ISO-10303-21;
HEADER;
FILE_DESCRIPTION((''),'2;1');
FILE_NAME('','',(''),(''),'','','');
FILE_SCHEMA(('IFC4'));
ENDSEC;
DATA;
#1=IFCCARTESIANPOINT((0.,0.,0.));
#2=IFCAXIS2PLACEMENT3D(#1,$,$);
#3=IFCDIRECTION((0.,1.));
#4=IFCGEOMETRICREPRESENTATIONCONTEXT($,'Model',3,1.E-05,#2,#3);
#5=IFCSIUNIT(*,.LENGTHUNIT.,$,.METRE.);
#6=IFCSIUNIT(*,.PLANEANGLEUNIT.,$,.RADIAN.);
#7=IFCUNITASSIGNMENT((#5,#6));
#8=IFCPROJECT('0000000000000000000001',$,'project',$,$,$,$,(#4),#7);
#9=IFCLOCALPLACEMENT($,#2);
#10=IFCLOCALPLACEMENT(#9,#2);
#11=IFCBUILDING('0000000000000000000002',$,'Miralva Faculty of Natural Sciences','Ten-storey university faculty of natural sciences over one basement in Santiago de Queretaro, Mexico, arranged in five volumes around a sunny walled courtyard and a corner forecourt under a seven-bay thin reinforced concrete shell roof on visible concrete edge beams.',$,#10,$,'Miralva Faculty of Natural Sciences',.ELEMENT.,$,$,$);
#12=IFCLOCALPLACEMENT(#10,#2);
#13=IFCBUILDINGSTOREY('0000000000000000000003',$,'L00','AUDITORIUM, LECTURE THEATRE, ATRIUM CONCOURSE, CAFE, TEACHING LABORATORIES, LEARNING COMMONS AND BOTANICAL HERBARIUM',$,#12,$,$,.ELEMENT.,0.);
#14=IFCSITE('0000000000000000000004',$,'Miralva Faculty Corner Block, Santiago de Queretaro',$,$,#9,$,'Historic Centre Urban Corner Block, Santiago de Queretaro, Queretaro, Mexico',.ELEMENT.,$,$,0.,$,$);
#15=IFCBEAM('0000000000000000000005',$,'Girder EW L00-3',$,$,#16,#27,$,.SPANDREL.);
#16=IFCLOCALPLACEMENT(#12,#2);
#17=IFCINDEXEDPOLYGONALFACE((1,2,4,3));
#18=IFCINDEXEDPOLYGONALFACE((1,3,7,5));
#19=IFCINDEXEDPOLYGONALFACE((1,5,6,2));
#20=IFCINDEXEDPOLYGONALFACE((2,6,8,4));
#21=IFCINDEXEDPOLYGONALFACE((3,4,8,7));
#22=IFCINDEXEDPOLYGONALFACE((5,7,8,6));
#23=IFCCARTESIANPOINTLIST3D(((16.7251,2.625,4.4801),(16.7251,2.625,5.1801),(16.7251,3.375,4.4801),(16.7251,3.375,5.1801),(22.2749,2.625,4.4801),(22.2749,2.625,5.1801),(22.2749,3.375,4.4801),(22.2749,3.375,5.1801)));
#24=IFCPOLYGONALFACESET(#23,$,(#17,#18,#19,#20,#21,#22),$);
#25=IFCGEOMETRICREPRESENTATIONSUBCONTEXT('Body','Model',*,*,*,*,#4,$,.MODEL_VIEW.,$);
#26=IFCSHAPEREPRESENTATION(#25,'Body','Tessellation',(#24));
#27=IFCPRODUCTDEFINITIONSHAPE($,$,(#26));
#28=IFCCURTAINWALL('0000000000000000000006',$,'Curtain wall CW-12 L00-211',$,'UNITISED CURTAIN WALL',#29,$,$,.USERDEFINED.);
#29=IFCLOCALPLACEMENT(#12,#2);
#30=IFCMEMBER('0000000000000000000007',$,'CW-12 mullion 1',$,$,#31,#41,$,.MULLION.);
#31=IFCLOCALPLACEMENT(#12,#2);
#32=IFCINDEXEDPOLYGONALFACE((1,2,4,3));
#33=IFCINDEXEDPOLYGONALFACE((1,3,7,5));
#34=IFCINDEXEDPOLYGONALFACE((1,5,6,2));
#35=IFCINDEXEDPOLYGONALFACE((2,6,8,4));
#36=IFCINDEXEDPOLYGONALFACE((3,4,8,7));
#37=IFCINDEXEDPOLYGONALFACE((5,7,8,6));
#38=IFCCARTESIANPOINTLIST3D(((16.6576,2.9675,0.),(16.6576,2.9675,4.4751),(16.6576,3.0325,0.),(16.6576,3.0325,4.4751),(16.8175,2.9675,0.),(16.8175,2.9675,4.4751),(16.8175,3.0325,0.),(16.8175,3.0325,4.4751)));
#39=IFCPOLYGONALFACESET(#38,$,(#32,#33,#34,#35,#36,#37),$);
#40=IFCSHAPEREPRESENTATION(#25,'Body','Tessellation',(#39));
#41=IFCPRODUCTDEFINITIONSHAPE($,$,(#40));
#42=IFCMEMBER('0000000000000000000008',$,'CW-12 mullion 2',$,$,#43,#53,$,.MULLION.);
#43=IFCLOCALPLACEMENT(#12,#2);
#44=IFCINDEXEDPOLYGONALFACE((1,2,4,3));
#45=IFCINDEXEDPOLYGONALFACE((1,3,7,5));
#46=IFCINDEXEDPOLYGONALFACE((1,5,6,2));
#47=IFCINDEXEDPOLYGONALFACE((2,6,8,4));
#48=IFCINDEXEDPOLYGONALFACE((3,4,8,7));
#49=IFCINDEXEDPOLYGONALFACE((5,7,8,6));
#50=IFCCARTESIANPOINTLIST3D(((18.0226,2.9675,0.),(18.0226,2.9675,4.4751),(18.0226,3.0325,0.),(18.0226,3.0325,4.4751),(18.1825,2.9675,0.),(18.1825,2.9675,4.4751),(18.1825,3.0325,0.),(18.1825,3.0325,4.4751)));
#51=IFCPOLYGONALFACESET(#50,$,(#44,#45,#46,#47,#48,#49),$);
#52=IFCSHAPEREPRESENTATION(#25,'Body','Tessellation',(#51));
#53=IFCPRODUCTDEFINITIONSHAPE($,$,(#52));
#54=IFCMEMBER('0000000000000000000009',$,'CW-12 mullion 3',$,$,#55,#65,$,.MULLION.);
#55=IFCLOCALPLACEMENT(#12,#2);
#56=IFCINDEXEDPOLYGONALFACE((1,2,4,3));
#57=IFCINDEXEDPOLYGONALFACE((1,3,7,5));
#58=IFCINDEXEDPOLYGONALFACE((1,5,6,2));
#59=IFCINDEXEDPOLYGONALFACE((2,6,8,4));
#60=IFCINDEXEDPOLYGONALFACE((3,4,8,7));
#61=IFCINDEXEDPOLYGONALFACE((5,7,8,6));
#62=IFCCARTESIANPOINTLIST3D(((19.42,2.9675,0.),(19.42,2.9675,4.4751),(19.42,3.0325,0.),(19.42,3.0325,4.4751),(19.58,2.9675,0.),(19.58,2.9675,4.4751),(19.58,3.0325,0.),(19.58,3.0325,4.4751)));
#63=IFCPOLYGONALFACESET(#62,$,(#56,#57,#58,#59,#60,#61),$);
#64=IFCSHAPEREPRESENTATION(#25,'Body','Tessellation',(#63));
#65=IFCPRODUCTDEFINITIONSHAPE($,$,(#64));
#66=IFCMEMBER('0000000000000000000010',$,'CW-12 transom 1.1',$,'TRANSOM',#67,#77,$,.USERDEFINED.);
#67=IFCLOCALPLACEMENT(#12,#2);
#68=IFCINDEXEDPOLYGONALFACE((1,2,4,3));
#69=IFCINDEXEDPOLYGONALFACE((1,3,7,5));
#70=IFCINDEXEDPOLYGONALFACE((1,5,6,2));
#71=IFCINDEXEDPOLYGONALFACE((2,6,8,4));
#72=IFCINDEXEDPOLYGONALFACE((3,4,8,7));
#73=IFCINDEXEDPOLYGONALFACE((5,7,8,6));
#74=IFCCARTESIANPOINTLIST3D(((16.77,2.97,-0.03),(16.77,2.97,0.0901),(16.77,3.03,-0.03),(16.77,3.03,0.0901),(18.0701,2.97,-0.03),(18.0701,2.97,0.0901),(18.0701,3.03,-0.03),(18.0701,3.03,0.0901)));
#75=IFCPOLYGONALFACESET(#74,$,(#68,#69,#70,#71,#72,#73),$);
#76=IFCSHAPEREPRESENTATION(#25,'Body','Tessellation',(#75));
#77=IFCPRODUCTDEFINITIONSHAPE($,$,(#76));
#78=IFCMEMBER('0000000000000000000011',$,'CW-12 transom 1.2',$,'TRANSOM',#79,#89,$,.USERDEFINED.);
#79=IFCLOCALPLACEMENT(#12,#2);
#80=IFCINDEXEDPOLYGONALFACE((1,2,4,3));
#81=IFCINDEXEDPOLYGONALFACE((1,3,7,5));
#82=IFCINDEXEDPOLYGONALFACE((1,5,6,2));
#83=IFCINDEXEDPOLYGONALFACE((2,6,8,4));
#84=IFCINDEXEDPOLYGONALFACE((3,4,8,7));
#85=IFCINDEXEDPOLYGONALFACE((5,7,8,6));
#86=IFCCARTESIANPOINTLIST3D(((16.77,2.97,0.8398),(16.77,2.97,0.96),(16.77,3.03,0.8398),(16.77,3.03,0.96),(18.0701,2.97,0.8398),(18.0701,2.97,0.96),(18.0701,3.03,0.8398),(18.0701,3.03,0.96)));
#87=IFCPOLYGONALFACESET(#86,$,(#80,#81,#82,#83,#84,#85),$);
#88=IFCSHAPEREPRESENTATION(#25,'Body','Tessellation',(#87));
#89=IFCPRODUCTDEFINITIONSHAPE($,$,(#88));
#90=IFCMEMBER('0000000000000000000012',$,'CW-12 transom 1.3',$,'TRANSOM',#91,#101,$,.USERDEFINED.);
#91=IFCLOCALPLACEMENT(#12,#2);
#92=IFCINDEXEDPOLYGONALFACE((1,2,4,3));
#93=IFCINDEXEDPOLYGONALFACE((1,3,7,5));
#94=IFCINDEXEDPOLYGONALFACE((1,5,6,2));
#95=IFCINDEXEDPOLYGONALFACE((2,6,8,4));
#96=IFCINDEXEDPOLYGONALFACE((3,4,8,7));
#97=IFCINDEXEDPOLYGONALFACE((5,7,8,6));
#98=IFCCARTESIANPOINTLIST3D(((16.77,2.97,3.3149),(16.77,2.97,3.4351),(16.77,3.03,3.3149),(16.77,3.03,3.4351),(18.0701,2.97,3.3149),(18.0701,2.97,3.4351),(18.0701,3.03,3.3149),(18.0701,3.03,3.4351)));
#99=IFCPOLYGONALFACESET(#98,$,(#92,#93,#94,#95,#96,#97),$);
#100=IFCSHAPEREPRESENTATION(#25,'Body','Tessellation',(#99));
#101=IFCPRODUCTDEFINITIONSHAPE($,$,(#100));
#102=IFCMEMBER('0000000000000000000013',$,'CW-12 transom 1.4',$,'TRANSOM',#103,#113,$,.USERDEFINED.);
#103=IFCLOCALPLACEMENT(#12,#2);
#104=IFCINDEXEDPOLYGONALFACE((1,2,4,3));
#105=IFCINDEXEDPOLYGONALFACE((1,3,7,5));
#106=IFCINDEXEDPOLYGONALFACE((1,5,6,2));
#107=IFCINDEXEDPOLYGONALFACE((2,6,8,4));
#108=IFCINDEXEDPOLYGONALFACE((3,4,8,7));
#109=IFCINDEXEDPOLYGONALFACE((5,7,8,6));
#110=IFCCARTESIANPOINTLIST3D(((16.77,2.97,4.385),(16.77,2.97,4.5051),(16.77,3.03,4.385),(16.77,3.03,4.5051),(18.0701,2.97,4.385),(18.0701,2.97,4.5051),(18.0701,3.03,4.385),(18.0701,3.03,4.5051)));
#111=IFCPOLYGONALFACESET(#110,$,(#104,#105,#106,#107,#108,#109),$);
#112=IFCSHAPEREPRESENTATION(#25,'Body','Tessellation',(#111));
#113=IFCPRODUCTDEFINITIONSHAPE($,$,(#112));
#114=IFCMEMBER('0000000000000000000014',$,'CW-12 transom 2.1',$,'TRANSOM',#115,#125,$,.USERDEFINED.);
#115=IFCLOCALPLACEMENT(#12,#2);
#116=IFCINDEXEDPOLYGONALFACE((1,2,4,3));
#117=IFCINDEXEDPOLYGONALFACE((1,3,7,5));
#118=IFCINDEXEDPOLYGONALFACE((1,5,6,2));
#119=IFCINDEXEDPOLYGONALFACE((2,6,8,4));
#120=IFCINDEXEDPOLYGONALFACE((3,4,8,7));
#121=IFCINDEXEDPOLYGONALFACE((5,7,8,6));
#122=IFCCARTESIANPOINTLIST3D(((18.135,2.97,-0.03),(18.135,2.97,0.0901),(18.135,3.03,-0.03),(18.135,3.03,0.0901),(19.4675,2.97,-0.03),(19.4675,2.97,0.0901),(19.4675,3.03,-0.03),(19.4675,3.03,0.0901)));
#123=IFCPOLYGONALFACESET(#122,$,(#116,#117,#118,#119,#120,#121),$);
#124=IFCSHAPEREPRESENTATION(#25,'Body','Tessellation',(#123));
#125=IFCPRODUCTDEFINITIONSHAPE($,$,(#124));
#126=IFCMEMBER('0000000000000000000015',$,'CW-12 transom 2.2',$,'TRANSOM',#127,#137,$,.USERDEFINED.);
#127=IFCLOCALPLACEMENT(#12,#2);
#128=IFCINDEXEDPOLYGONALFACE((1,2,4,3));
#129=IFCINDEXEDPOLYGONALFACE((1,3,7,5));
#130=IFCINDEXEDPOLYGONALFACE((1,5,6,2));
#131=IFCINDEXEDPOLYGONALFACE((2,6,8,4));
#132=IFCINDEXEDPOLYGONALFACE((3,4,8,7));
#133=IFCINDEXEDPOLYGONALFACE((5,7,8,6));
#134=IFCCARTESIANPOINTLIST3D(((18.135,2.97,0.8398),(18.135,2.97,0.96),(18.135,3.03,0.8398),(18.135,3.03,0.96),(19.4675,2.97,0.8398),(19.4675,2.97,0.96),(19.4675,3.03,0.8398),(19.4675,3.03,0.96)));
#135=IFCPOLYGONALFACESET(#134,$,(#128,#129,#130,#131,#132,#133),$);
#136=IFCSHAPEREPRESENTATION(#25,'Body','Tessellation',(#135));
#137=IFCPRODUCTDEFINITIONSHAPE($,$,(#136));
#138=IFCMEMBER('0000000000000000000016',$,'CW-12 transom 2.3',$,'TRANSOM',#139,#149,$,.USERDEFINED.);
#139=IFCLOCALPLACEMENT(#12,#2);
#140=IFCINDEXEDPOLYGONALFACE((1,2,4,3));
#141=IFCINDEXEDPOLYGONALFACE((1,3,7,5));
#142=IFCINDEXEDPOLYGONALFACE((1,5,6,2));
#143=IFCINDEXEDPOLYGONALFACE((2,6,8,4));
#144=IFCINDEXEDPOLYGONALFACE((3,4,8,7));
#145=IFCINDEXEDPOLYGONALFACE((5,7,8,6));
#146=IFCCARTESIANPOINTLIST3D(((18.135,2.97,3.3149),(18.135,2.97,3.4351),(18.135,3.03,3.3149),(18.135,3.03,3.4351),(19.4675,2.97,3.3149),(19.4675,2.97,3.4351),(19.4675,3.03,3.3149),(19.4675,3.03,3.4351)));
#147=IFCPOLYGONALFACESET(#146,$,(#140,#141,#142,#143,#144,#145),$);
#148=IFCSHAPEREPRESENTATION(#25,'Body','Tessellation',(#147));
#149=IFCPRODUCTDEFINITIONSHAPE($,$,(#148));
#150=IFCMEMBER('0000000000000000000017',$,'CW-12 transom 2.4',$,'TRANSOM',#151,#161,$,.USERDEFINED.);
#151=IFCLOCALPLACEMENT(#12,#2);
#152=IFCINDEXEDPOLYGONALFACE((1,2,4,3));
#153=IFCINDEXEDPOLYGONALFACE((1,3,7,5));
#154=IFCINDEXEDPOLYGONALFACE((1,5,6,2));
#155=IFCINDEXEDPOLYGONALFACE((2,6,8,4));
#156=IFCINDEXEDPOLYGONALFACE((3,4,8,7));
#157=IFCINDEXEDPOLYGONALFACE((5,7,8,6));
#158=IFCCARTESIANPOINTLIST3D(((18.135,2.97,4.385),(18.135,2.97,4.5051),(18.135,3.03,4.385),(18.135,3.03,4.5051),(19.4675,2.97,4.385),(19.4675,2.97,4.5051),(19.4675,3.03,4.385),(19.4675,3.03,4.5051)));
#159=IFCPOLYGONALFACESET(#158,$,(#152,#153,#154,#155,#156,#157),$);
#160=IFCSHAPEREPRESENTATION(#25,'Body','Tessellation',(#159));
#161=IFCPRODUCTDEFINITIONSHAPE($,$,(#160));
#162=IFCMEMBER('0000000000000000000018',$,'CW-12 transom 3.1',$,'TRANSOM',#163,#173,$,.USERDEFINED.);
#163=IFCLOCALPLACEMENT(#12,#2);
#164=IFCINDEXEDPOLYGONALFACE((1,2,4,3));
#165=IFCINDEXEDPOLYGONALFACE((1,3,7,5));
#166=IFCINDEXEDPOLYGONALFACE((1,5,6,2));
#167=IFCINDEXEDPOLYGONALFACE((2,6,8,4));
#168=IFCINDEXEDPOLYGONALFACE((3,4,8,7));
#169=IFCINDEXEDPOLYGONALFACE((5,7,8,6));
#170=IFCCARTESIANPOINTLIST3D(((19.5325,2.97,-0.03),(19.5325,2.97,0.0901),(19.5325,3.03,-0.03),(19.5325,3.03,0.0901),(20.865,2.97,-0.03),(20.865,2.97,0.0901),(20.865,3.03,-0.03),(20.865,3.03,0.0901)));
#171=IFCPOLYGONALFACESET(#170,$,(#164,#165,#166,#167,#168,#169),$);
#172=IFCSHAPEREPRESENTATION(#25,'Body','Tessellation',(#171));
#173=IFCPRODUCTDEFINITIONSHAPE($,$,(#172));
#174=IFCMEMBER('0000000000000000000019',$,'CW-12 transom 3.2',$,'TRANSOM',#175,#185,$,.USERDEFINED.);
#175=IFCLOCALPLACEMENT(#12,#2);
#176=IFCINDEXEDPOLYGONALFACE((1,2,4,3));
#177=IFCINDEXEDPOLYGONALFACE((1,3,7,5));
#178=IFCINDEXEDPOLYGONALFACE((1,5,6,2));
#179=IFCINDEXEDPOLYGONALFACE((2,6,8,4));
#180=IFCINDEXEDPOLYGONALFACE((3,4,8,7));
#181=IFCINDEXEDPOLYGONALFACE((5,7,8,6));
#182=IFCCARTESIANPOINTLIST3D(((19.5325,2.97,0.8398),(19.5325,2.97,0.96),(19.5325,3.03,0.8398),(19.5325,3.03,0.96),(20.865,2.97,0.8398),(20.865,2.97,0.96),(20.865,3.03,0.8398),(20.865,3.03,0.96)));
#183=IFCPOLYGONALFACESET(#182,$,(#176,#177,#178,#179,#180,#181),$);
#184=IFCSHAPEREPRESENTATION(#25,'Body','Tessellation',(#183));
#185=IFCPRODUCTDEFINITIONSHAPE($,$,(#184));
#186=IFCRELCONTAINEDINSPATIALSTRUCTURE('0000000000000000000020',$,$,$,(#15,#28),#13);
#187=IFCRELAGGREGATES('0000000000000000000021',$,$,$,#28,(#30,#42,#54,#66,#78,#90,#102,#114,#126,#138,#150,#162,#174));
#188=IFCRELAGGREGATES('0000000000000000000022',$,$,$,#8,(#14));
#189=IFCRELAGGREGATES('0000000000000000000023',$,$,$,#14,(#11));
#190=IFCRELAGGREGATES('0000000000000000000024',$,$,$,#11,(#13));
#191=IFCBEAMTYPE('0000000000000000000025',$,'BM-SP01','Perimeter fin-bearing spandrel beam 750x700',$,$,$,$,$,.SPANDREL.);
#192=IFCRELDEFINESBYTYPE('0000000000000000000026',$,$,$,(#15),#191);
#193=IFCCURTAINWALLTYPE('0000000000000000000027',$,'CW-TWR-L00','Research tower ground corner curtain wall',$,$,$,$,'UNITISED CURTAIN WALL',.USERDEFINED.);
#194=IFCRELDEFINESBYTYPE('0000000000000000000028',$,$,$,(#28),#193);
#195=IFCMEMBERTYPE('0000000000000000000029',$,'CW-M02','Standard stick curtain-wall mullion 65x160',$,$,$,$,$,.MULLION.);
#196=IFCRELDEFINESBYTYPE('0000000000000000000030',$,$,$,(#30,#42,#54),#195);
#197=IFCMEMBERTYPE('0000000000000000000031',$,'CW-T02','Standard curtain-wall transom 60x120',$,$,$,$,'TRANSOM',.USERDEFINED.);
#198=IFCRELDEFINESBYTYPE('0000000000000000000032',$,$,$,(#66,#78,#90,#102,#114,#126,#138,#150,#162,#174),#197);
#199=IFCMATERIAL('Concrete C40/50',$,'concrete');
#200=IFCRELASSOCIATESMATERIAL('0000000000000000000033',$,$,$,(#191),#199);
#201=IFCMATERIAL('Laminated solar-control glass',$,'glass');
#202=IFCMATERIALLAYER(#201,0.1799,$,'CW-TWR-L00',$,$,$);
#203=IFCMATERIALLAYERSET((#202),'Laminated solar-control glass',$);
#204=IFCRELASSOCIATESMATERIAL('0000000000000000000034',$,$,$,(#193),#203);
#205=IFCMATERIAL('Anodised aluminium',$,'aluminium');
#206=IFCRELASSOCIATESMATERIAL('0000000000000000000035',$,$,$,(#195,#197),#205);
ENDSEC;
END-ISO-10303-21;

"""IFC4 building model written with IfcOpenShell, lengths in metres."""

from ifc_helpers import new_model, si_unit, direction, frame, origin, origin_2d, place, context, subcontext, project, spatial, rectangle, extrude, material, layer, layer_set, material_profile, profile_set, type_object, element, aggregate, save


model = new_model("IFC4")

# Units and contexts
model_context = context("Model", 3, precision=1e-05, world=origin(), true_north=direction((0.0, 1.0)))
body_context = subcontext(model_context, "Body", "Model", "MODEL_VIEW")
ifc_project = project(units=[si_unit("LENGTHUNIT", "METRE"), si_unit("PLANEANGLEUNIT", "RADIAN")], contexts=[model_context])

# Site, building, storey
site_placement = place(None, origin())
site = spatial("IfcSite", under=ifc_project, at=site_placement, Name="Miralva Faculty Corner Block, Santiago de Queretaro", LongName="Historic Centre Urban Corner Block, Santiago de Queretaro, Queretaro, Mexico", CompositionType="ELEMENT", RefElevation=0.0)
building_placement = place(site_placement, origin())
building = spatial("IfcBuilding", under=site, at=building_placement, Name="Miralva Faculty of Natural Sciences", Description="Ten-storey university faculty of natural sciences over one basement in Santiago de Queretaro, Mexico, arranged in five volumes around a sunny walled courtyard and a corner forecourt under a seven-bay thin reinforced concrete shell roof on visible concrete edge beams.", LongName="Miralva Faculty of Natural Sciences", CompositionType="ELEMENT")
storey_placement = place(building_placement, origin())
storey = spatial("IfcBuildingStorey", under=building, at=storey_placement, Name="L00", Description="AUDITORIUM, LECTURE THEATRE, ATRIUM CONCOURSE, CAFE, TEACHING LABORATORIES, LEARNING COMMONS AND BOTANICAL HERBARIUM", CompositionType="ELEMENT", Elevation=0.0)

# Beam
ifc_material_1 = material(Name="Concrete C40/50", Category="concrete")
ifc_material_profile_1 = material_profile(ifc_material_1, rectangle(XDim=0.75, YDim=0.7, at=origin_2d()), Name="RC 750x700")
ifc_profile_set_1 = profile_set([ifc_material_profile_1], Name="Concrete C40/50")
beam_type = type_object("IfcBeamType", Name="BM-SP01", Description="Perimeter fin-bearing spandrel beam 750x700", PredefinedType="SPANDREL", material=ifc_profile_set_1)
beam_placement = place(storey_placement, frame((16.7251, 3.0, 4.8301), z_axis=(1.0, 0.0, 0.0), x_axis=(0.0, 1.0, 0.0)))
element("IfcBeam", 1, at=beam_placement, inside=storey, type_object=beam_type, Name="Girder EW L00-3", PredefinedType="SPANDREL", context=body_context, shape_type="SweptSolid", body=[
    extrude(rectangle(XDim=0.75, YDim=0.7, at=origin_2d()), origin(), (0.0, 0.0, 1.0), 5.5498),
])

# Curtain wall, members
ifc_material_2 = material(Name="Laminated solar-control glass", Category="glass")
ifc_layer_1 = layer(ifc_material_2, 0.1799, Name="CW-TWR-L00")
ifc_layer_set_1 = layer_set([ifc_layer_1], Name="Laminated solar-control glass")
curtain_wall_type = type_object("IfcCurtainWallType", Name="CW-TWR-L00", Description="Research tower ground corner curtain wall", ElementType="UNITISED CURTAIN WALL", PredefinedType="USERDEFINED", material=ifc_layer_set_1)
curtain_wall_placement = place(storey_placement, origin())
curtain_wall = element("IfcCurtainWall", 2, at=curtain_wall_placement, inside=storey, type_object=curtain_wall_type, Name="Curtain wall CW-12 L00-211", ObjectType="UNITISED CURTAIN WALL", PredefinedType="USERDEFINED")
ifc_material_3 = material(Name="Anodised aluminium", Category="aluminium")
ifc_material_profile_2 = material_profile(ifc_material_3, rectangle(XDim=0.0649, YDim=0.1599, at=origin_2d()), Name="MULLION 65x160")
ifc_profile_set_2 = profile_set([ifc_material_profile_2], Name="Anodised aluminium")
member_type_1 = type_object("IfcMemberType", Name="CW-M02", Description="Standard stick curtain-wall mullion 65x160", PredefinedType="MULLION", material=ifc_profile_set_2)
member_1_placement = place(storey_placement, frame((16.7375, 3.0, 0.0), z_axis=(0.0, 0.0, 1.0), x_axis=(0.0, 1.0, 0.0)))
member_1 = element("IfcMember", 3, at=member_1_placement, type_object=member_type_1, Name="CW-12 mullion 1", PredefinedType="MULLION", context=body_context, shape_type="SweptSolid", body=[
    extrude(rectangle(XDim=0.0649, YDim=0.1599, at=origin_2d()), origin(), (0.0, 0.0, 1.0), 4.4751),
])
member_2_placement = place(storey_placement, frame((18.1025, 3.0, 0.0), z_axis=(0.0, 0.0, 1.0), x_axis=(0.0, 1.0, 0.0)))
member_2 = element("IfcMember", 4, at=member_2_placement, type_object=member_type_1, Name="CW-12 mullion 2", PredefinedType="MULLION", context=body_context, shape_type="SweptSolid", body=[
    extrude(rectangle(XDim=0.0649, YDim=0.1599, at=origin_2d()), origin(), (0.0, 0.0, 1.0), 4.4751),
])
member_3_placement = place(storey_placement, frame((19.5, 3.0, 0.0), z_axis=(0.0, 0.0, 1.0), x_axis=(0.0, 1.0, 0.0)))
member_3 = element("IfcMember", 5, at=member_3_placement, type_object=member_type_1, Name="CW-12 mullion 3", PredefinedType="MULLION", context=body_context, shape_type="SweptSolid", body=[
    extrude(rectangle(XDim=0.0649, YDim=0.1599, at=origin_2d()), origin(), (0.0, 0.0, 1.0), 4.4751),
])
ifc_material_profile_3 = material_profile(ifc_material_3, rectangle(XDim=0.0601, YDim=0.1201, at=origin_2d()), Name="TRANSOM 60x120")
ifc_profile_set_3 = profile_set([ifc_material_profile_3], Name="Anodised aluminium")
member_type_2 = type_object("IfcMemberType", Name="CW-T02", Description="Standard curtain-wall transom 60x120", ElementType="TRANSOM", PredefinedType="USERDEFINED", material=ifc_profile_set_3)
member_4_placement = place(storey_placement, frame((16.77, 3.0, 0.03), z_axis=(1.0, 0.0, 0.0), x_axis=(0.0, 1.0, 0.0)))
member_4 = element("IfcMember", 6, at=member_4_placement, type_object=member_type_2, Name="CW-12 transom 1.1", ObjectType="TRANSOM", PredefinedType="USERDEFINED", context=body_context, shape_type="SweptSolid", body=[
    extrude(rectangle(XDim=0.0601, YDim=0.1201, at=origin_2d()), origin(), (0.0, 0.0, 1.0), 1.3),
])
member_5_placement = place(storey_placement, frame((16.77, 3.0, 0.8999), z_axis=(1.0, 0.0, 0.0), x_axis=(0.0, 1.0, 0.0)))
member_5 = element("IfcMember", 7, at=member_5_placement, type_object=member_type_2, Name="CW-12 transom 1.2", ObjectType="TRANSOM", PredefinedType="USERDEFINED", context=body_context, shape_type="SweptSolid", body=[
    extrude(rectangle(XDim=0.0601, YDim=0.1201, at=origin_2d()), origin(), (0.0, 0.0, 1.0), 1.3),
])
member_6_placement = place(storey_placement, frame((16.77, 3.0, 3.375), z_axis=(1.0, 0.0, 0.0), x_axis=(0.0, 1.0, 0.0)))
member_6 = element("IfcMember", 8, at=member_6_placement, type_object=member_type_2, Name="CW-12 transom 1.3", ObjectType="TRANSOM", PredefinedType="USERDEFINED", context=body_context, shape_type="SweptSolid", body=[
    extrude(rectangle(XDim=0.0601, YDim=0.1201, at=origin_2d()), origin(), (0.0, 0.0, 1.0), 1.3),
])
member_7_placement = place(storey_placement, frame((16.77, 3.0, 4.4451), z_axis=(1.0, 0.0, 0.0), x_axis=(0.0, 1.0, 0.0)))
member_7 = element("IfcMember", 9, at=member_7_placement, type_object=member_type_2, Name="CW-12 transom 1.4", ObjectType="TRANSOM", PredefinedType="USERDEFINED", context=body_context, shape_type="SweptSolid", body=[
    extrude(rectangle(XDim=0.0601, YDim=0.1201, at=origin_2d()), origin(), (0.0, 0.0, 1.0), 1.3),
])
member_8_placement = place(storey_placement, frame((18.135, 3.0, 0.03), z_axis=(1.0, 0.0, 0.0), x_axis=(0.0, 1.0, 0.0)))
member_8 = element("IfcMember", 10, at=member_8_placement, type_object=member_type_2, Name="CW-12 transom 2.1", ObjectType="TRANSOM", PredefinedType="USERDEFINED", context=body_context, shape_type="SweptSolid", body=[
    extrude(rectangle(XDim=0.0601, YDim=0.1201, at=origin_2d()), origin(), (0.0, 0.0, 1.0), 1.3325),
])
member_9_placement = place(storey_placement, frame((18.135, 3.0, 0.8999), z_axis=(1.0, 0.0, 0.0), x_axis=(0.0, 1.0, 0.0)))
member_9 = element("IfcMember", 11, at=member_9_placement, type_object=member_type_2, Name="CW-12 transom 2.2", ObjectType="TRANSOM", PredefinedType="USERDEFINED", context=body_context, shape_type="SweptSolid", body=[
    extrude(rectangle(XDim=0.0601, YDim=0.1201, at=origin_2d()), origin(), (0.0, 0.0, 1.0), 1.3325),
])
member_10_placement = place(storey_placement, frame((18.135, 3.0, 3.375), z_axis=(1.0, 0.0, 0.0), x_axis=(0.0, 1.0, 0.0)))
member_10 = element("IfcMember", 12, at=member_10_placement, type_object=member_type_2, Name="CW-12 transom 2.3", ObjectType="TRANSOM", PredefinedType="USERDEFINED", context=body_context, shape_type="SweptSolid", body=[
    extrude(rectangle(XDim=0.0601, YDim=0.1201, at=origin_2d()), origin(), (0.0, 0.0, 1.0), 1.3325),
])
member_11_placement = place(storey_placement, frame((18.135, 3.0, 4.4451), z_axis=(1.0, 0.0, 0.0), x_axis=(0.0, 1.0, 0.0)))
member_11 = element("IfcMember", 13, at=member_11_placement, type_object=member_type_2, Name="CW-12 transom 2.4", ObjectType="TRANSOM", PredefinedType="USERDEFINED", context=body_context, shape_type="SweptSolid", body=[
    extrude(rectangle(XDim=0.0601, YDim=0.1201, at=origin_2d()), origin(), (0.0, 0.0, 1.0), 1.3325),
])
member_12_placement = place(storey_placement, frame((19.5325, 3.0, 0.03), z_axis=(1.0, 0.0, 0.0), x_axis=(0.0, 1.0, 0.0)))
member_12 = element("IfcMember", 14, at=member_12_placement, type_object=member_type_2, Name="CW-12 transom 3.1", ObjectType="TRANSOM", PredefinedType="USERDEFINED", context=body_context, shape_type="SweptSolid", body=[
    extrude(rectangle(XDim=0.0601, YDim=0.1201, at=origin_2d()), origin(), (0.0, 0.0, 1.0), 1.3325),
])
member_13_placement = place(storey_placement, frame((19.5325, 3.0, 0.8999), z_axis=(1.0, 0.0, 0.0), x_axis=(0.0, 1.0, 0.0)))
member_13 = element("IfcMember", 15, at=member_13_placement, type_object=member_type_2, Name="CW-12 transom 3.2", ObjectType="TRANSOM", PredefinedType="USERDEFINED", context=body_context, shape_type="SweptSolid", body=[
    extrude(rectangle(XDim=0.0601, YDim=0.1201, at=origin_2d()), origin(), (0.0, 0.0, 1.0), 1.3325),
])

aggregate(curtain_wall, [member_1, member_2, member_3, member_4, member_5, member_6, member_7, member_8, member_9, member_10, member_11, member_12, member_13])

save(model, "model.ifc")
